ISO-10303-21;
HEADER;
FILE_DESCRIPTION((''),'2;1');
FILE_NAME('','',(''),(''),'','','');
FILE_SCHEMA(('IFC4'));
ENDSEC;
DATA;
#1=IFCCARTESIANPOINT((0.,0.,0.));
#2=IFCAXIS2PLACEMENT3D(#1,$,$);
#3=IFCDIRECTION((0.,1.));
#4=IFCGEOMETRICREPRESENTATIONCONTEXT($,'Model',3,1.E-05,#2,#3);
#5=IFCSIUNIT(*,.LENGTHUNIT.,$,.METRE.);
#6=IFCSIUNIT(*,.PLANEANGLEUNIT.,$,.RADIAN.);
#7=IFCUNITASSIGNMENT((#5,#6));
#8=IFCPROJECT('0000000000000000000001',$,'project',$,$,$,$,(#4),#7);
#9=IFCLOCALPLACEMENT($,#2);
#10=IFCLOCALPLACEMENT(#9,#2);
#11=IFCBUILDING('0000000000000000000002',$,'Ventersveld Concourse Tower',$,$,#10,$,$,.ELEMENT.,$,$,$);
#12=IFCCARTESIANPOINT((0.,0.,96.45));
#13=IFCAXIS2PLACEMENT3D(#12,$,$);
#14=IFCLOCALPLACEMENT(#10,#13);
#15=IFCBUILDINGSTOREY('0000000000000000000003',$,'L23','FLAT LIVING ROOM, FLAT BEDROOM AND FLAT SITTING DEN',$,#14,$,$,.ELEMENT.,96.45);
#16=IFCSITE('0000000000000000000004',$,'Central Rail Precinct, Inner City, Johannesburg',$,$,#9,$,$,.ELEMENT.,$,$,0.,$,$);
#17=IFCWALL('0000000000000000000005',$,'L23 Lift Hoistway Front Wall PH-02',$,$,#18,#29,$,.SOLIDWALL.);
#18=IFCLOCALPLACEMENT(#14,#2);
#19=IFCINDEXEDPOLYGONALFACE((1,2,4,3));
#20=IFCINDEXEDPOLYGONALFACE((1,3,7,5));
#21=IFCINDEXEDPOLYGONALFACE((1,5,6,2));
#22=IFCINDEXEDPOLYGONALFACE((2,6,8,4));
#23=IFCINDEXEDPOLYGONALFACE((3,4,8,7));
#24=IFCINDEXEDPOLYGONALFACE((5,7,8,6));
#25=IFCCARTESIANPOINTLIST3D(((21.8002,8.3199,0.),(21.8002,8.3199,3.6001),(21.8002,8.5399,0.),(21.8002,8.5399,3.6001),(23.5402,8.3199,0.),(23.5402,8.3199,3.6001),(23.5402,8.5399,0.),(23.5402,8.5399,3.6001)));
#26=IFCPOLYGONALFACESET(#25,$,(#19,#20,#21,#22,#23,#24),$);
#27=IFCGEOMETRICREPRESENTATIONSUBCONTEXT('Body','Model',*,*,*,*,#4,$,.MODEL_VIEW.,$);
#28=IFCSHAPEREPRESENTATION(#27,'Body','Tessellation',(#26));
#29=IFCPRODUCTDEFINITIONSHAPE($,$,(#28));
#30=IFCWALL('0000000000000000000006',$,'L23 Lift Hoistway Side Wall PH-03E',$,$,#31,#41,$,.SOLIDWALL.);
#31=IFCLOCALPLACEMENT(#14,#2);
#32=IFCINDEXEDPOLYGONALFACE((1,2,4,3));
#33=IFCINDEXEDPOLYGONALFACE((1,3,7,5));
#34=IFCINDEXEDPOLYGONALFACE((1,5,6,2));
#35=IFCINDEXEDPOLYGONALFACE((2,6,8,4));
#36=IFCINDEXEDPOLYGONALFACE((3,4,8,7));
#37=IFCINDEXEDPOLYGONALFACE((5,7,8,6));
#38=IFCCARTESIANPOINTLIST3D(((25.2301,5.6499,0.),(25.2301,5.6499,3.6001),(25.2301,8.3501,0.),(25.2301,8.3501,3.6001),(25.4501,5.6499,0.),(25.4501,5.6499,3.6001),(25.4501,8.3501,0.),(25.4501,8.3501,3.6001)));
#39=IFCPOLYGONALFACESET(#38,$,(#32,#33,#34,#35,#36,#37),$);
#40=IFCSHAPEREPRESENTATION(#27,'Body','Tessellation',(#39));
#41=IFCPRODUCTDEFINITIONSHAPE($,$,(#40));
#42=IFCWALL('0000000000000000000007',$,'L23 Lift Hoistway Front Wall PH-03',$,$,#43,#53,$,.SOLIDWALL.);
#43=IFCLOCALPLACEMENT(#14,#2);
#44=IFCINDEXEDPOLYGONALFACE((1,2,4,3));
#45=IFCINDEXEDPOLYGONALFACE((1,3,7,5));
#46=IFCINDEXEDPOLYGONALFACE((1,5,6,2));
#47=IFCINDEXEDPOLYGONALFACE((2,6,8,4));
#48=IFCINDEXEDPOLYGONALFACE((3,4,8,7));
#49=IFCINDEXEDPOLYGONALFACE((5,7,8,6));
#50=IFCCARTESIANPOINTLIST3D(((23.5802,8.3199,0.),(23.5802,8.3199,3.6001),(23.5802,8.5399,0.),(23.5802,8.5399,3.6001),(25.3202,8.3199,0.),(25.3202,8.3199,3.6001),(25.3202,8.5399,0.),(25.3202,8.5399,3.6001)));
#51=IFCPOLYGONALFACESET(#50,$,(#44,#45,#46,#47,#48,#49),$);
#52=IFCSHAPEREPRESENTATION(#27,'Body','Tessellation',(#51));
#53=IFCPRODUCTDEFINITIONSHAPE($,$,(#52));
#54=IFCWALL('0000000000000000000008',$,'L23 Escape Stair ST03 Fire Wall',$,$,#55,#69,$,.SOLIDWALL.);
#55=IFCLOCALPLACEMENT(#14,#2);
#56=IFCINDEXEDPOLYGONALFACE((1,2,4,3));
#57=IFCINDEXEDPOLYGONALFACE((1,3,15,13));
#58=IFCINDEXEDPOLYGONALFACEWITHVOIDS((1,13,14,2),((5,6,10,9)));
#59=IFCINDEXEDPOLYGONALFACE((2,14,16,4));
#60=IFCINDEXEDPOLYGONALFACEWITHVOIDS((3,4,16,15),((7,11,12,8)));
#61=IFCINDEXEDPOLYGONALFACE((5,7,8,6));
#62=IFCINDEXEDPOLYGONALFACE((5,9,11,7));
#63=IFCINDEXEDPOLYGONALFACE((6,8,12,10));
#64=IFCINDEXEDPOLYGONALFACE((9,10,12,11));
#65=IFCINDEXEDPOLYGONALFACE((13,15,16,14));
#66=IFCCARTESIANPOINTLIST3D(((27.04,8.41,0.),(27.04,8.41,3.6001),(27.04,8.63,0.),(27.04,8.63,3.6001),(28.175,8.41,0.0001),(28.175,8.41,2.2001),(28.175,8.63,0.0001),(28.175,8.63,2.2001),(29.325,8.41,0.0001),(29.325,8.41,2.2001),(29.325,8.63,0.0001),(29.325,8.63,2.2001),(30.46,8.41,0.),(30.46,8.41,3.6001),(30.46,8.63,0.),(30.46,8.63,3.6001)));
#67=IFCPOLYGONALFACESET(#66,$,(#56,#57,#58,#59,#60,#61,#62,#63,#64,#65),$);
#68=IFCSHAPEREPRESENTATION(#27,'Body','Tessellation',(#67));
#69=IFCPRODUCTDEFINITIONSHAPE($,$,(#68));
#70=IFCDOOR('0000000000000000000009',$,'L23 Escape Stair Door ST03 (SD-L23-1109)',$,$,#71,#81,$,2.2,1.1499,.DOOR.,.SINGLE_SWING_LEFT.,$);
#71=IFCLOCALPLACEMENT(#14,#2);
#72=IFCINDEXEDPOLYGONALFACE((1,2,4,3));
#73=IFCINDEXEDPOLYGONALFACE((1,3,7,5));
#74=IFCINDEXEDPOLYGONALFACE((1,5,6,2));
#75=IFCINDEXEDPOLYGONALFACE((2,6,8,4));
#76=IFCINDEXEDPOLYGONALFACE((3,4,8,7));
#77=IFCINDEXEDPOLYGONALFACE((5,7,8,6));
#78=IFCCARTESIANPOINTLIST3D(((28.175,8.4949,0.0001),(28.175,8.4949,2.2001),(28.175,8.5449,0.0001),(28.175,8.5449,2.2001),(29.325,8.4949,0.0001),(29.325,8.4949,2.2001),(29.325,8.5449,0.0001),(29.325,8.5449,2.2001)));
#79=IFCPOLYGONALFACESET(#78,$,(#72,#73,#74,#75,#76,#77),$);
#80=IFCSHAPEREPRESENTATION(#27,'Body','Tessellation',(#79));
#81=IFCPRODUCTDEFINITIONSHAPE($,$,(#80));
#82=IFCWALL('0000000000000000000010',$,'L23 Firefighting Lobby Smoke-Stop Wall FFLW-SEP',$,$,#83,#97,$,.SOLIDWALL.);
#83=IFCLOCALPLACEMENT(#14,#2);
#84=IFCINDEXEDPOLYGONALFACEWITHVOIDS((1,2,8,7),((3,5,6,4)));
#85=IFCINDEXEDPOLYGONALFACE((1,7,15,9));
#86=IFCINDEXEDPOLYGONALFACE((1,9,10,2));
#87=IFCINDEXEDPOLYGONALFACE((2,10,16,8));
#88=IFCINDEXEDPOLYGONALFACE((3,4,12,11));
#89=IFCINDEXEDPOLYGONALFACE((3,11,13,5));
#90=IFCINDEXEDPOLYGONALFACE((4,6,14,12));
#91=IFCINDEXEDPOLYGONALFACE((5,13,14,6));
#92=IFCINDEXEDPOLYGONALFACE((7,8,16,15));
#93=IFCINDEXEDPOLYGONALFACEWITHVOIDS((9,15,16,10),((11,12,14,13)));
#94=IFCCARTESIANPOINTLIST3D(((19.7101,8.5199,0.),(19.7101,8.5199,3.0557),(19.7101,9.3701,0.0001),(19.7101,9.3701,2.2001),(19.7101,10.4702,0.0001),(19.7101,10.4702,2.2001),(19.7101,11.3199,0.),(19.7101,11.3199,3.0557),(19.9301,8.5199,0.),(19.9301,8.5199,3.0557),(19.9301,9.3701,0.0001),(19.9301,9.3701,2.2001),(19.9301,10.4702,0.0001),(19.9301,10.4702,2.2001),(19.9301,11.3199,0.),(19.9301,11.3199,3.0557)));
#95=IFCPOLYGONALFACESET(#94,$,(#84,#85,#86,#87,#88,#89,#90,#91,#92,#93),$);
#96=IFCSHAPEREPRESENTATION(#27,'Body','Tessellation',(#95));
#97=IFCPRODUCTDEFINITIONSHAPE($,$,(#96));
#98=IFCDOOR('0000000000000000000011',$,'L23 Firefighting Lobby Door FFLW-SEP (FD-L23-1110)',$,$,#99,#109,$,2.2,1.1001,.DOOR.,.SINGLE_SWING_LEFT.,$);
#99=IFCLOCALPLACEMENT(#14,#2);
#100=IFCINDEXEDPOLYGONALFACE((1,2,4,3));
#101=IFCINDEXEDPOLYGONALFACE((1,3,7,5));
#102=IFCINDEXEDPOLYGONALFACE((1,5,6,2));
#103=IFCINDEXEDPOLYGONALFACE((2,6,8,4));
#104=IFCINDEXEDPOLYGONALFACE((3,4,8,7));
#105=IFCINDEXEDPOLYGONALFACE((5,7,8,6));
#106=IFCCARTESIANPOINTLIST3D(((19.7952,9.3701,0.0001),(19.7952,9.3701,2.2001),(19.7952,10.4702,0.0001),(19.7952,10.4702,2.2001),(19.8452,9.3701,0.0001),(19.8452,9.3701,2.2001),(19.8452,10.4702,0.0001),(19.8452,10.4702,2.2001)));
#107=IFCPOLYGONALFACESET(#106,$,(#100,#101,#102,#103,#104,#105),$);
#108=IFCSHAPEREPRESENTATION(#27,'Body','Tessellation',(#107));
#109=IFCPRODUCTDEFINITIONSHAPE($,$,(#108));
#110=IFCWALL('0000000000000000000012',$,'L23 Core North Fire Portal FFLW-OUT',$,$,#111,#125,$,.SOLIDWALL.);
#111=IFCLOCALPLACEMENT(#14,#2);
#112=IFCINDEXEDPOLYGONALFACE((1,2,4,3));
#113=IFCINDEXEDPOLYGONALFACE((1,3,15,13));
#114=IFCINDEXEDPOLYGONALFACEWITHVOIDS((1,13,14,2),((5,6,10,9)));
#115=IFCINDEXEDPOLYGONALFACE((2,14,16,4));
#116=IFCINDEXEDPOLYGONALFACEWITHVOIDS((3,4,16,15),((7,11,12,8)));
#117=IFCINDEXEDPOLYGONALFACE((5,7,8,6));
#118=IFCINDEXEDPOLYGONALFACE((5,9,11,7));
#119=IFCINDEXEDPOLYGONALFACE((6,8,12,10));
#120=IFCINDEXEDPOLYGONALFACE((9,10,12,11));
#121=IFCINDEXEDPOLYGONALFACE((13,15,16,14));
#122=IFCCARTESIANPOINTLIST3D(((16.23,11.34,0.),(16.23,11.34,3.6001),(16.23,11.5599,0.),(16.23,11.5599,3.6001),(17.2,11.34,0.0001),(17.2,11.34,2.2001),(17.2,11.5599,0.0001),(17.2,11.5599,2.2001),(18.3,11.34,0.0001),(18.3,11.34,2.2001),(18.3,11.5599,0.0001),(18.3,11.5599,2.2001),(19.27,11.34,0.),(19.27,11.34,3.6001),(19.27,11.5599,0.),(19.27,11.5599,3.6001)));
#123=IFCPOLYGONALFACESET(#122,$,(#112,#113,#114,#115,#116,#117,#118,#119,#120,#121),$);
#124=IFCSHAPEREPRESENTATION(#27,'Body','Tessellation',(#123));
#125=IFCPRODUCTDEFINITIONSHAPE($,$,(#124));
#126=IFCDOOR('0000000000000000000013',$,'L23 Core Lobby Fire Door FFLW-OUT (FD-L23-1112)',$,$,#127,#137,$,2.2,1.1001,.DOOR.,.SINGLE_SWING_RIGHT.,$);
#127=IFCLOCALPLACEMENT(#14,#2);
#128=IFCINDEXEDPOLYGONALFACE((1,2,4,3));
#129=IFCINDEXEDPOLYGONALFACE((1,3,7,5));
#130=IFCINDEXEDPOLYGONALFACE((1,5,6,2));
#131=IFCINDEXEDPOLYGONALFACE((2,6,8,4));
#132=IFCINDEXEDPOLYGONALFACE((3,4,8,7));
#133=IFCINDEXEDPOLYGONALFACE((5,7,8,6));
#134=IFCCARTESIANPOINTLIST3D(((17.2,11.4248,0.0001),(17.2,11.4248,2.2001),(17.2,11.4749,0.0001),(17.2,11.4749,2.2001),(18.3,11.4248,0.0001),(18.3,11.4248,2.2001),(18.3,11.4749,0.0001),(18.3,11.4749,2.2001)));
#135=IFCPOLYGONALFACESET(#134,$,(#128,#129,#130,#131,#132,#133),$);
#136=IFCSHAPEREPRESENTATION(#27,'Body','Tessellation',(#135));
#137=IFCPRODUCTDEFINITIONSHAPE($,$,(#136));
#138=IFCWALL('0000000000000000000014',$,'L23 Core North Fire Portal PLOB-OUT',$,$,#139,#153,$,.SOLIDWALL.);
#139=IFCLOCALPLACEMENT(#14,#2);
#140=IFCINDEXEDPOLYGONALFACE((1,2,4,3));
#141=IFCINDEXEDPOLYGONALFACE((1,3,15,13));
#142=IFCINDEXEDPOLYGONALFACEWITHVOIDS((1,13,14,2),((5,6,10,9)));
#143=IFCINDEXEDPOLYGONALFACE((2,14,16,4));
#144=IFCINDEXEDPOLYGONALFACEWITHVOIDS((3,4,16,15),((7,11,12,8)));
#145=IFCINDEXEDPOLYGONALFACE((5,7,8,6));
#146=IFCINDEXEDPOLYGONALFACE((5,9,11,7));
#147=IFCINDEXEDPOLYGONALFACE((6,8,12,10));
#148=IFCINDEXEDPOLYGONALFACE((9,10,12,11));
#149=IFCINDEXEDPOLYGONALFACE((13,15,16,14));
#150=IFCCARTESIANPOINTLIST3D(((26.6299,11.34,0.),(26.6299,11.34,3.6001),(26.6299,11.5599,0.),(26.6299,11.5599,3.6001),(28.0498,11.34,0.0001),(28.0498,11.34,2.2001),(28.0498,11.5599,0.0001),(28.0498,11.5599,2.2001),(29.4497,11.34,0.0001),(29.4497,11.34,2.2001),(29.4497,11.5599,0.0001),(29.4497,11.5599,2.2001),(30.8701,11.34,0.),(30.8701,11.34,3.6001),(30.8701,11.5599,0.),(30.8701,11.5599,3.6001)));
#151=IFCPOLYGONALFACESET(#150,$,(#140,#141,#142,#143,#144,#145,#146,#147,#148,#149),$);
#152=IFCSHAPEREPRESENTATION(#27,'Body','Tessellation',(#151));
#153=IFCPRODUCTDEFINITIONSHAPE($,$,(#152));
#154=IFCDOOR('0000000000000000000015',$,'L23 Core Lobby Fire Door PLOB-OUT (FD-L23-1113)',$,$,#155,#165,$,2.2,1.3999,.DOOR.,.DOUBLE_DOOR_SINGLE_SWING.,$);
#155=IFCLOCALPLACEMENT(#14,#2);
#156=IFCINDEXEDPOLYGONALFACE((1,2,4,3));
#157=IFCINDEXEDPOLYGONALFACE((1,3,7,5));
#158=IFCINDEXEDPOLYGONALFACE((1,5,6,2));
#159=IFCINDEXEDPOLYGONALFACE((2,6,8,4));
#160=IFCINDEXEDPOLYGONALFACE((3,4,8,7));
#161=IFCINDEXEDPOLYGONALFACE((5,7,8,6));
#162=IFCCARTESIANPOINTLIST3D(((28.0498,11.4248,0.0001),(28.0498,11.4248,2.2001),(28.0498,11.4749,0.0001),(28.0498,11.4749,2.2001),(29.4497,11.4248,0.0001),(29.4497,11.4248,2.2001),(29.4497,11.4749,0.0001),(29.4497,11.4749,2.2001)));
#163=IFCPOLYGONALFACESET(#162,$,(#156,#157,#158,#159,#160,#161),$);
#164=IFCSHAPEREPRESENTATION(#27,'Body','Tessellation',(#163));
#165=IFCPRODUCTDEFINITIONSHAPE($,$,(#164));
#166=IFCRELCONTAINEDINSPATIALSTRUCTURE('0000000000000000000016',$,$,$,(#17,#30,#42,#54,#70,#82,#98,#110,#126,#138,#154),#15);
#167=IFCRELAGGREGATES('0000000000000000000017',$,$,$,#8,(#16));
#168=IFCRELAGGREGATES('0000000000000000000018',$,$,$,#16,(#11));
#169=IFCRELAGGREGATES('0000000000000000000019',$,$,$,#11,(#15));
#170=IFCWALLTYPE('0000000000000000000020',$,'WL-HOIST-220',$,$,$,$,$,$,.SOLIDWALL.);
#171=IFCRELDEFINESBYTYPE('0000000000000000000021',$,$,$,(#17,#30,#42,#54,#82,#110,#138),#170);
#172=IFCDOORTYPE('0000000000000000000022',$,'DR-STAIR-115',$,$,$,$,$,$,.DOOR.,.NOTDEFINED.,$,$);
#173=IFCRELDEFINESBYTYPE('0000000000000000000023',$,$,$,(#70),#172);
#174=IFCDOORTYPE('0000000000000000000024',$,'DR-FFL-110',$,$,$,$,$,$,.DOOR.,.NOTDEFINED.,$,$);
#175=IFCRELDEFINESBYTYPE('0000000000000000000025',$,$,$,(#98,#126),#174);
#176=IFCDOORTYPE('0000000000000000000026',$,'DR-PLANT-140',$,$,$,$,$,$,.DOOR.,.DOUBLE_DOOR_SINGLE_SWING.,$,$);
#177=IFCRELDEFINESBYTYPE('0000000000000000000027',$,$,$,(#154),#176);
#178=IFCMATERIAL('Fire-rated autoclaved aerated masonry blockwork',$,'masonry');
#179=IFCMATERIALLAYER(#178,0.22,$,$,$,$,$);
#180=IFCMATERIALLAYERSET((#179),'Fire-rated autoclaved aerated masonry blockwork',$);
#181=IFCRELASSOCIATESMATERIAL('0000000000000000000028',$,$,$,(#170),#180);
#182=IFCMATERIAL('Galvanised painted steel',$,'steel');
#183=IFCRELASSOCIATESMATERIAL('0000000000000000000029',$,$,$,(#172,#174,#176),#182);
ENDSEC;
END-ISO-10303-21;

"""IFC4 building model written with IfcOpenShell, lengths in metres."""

from ifc_helpers import new_model, si_unit, direction, frame, frame_2d, origin, place, context, subcontext, project, spatial, rectangle, extrude, material, layer, layer_set, type_object, element, fill, save


model = new_model("IFC4")

# Units and contexts
model_context = context("Model", 3, precision=1e-05, world=origin(), true_north=direction((0.0, 1.0)))
body_context = subcontext(model_context, "Body", "Model", "MODEL_VIEW")
ifc_project = project(units=[si_unit("LENGTHUNIT", "METRE"), si_unit("PLANEANGLEUNIT", "RADIAN")], contexts=[model_context])

# Site, building, storey
site_placement = place(None, origin())
site = spatial("IfcSite", under=ifc_project, at=site_placement, Name="Central Rail Precinct, Inner City, Johannesburg", CompositionType="ELEMENT", RefElevation=0.0)
building_placement = place(site_placement, origin())
building = spatial("IfcBuilding", under=site, at=building_placement, Name="Ventersveld Concourse Tower", CompositionType="ELEMENT")
storey_placement = place(building_placement, frame((0.0, 0.0, 96.45)))
storey = spatial("IfcBuildingStorey", under=building, at=storey_placement, Name="L23", Description="FLAT LIVING ROOM, FLAT BEDROOM AND FLAT SITTING DEN", CompositionType="ELEMENT", Elevation=96.45)

# Shared definitions
ifc_material_1 = material(Name="Fire-rated autoclaved aerated masonry blockwork", Category="masonry")
ifc_layer_1 = layer(ifc_material_1, 0.22)
ifc_layer_set_1 = layer_set([ifc_layer_1], Name="Fire-rated autoclaved aerated masonry blockwork")
wall_type_1 = type_object("IfcWallType", Name="WL-HOIST-220", PredefinedType="SOLIDWALL", material=ifc_layer_set_1)

# Walls
wall_1_placement = place(storey_placement, frame((21.8, 8.4299, 0.0), z_axis=(0.0, 0.0, 1.0), x_axis=(1.0, 0.0, 0.0)))
element("IfcWall", 1, at=wall_1_placement, inside=storey, type_object=wall_type_1, Name="L23 Lift Hoistway Front Wall PH-02", PredefinedType="SOLIDWALL", context=body_context, shape_type="SweptSolid", body=[
    extrude(rectangle(XDim=1.74, YDim=0.22, at=frame_2d((0.8701, 0.0))), origin(), (0.0, 0.0, 1.0), 3.6001),
])
wall_2_placement = place(storey_placement, frame((25.3401, 5.6499, 0.0), z_axis=(0.0, 0.0, 1.0), x_axis=(0.0, 1.0, 0.0)))
element("IfcWall", 2, at=wall_2_placement, inside=storey, type_object=wall_type_1, Name="L23 Lift Hoistway Side Wall PH-03E", PredefinedType="SOLIDWALL", context=body_context, shape_type="SweptSolid", body=[
    extrude(rectangle(XDim=2.7002, YDim=0.22, at=frame_2d((1.3501, 0.0))), origin(), (0.0, 0.0, 1.0), 3.6001),
])
wall_3_placement = place(storey_placement, frame((23.5801, 8.4299, 0.0), z_axis=(0.0, 0.0, 1.0), x_axis=(1.0, 0.0, 0.0)))
element("IfcWall", 3, at=wall_3_placement, inside=storey, type_object=wall_type_1, Name="L23 Lift Hoistway Front Wall PH-03", PredefinedType="SOLIDWALL", context=body_context, shape_type="SweptSolid", body=[
    extrude(rectangle(XDim=1.74, YDim=0.22, at=frame_2d((0.8701, 0.0))), origin(), (0.0, 0.0, 1.0), 3.6001),
])

# Walls, openings, doors
wall_4_placement = place(storey_placement, frame((27.04, 8.52, 0.0), z_axis=(0.0, 0.0, 1.0), x_axis=(1.0, 0.0, 0.0)))
wall_4 = element("IfcWall", 4, at=wall_4_placement, inside=storey, type_object=wall_type_1, Name="L23 Escape Stair ST03 Fire Wall", PredefinedType="SOLIDWALL", context=body_context, shape_type="SweptSolid", body=[
    extrude(rectangle(XDim=3.4199, YDim=0.22, at=frame_2d((1.71, 0.0))), origin(), (0.0, 0.0, 1.0), 3.6001),
])
opening_1_placement = place(wall_4_placement, frame((1.135, 0.0, 0.0)))
opening_1 = element("IfcOpeningElement", 5, at=opening_1_placement, cuts=wall_4, PredefinedType="OPENING", context=body_context, shape_type="SweptSolid", body=[
    extrude(rectangle(XDim=1.1499, YDim=2.2, at=frame_2d((0.575, 1.1001))), frame((0.0, 0.1201, 0.0), z_axis=(0.0, -1.0, 0.0), x_axis=(1.0, 0.0, 0.0)), (0.0, 0.0, 1.0), 0.24),
])
ifc_material_2 = material(Name="Galvanised painted steel", Category="steel")
door_type_1 = type_object("IfcDoorType", Name="DR-STAIR-115", OperationType="NOTDEFINED", PredefinedType="DOOR", material=ifc_material_2)
door_1_placement = place(opening_1_placement, origin())
door_1 = element("IfcDoor", 6, at=door_1_placement, inside=storey, type_object=door_type_1, Name="L23 Escape Stair Door ST03 (SD-L23-1109)", OperationType="SINGLE_SWING_LEFT", OverallHeight=2.2, OverallWidth=1.1499, PredefinedType="DOOR", context=body_context, shape_type="SweptSolid", body=[
    extrude(rectangle(XDim=1.1499, YDim=2.2, at=frame_2d((0.575, 1.1001))), frame((0.0, 0.0249, 0.0), z_axis=(0.0, -1.0, 0.0), x_axis=(1.0, 0.0, 0.0)), (0.0, 0.0, 1.0), 0.05),
])
fill(opening_1, door_1)
wall_5_placement = place(storey_placement, frame((19.8201, 8.52, 0.0), z_axis=(0.0, 0.0, 1.0), x_axis=(0.0, 1.0, 0.0)))
wall_5 = element("IfcWall", 7, at=wall_5_placement, inside=storey, type_object=wall_type_1, Name="L23 Firefighting Lobby Smoke-Stop Wall FFLW-SEP", PredefinedType="SOLIDWALL", context=body_context, shape_type="SweptSolid", body=[
    extrude(rectangle(XDim=2.8, YDim=0.22, at=frame_2d((1.3999, 0.0))), origin(), (0.0, 0.0, 1.0), 3.0557),
])
opening_2_placement = place(wall_5_placement, frame((0.8501, 0.0, 0.0)))
opening_2 = element("IfcOpeningElement", 8, at=opening_2_placement, cuts=wall_5, PredefinedType="OPENING", context=body_context, shape_type="SweptSolid", body=[
    extrude(rectangle(XDim=1.1001, YDim=2.2, at=frame_2d((0.55, 1.1001))), frame((0.0, 0.1201, 0.0), z_axis=(0.0, -1.0, 0.0), x_axis=(1.0, 0.0, 0.0)), (0.0, 0.0, 1.0), 0.24),
])
door_type_2 = type_object("IfcDoorType", Name="DR-FFL-110", OperationType="NOTDEFINED", PredefinedType="DOOR", material=ifc_material_2)
door_2_placement = place(opening_2_placement, origin())
door_2 = element("IfcDoor", 9, at=door_2_placement, inside=storey, type_object=door_type_2, Name="L23 Firefighting Lobby Door FFLW-SEP (FD-L23-1110)", OperationType="SINGLE_SWING_LEFT", OverallHeight=2.2, OverallWidth=1.1001, PredefinedType="DOOR", context=body_context, shape_type="SweptSolid", body=[
    extrude(rectangle(XDim=1.1001, YDim=2.2, at=frame_2d((0.55, 1.1001))), frame((0.0, 0.0249, 0.0), z_axis=(0.0, -1.0, 0.0), x_axis=(1.0, 0.0, 0.0)), (0.0, 0.0, 1.0), 0.05),
])
fill(opening_2, door_2)
wall_6_placement = place(storey_placement, frame((16.23, 11.45, 0.0), z_axis=(0.0, 0.0, 1.0), x_axis=(1.0, 0.0, 0.0)))
wall_6 = element("IfcWall", 10, at=wall_6_placement, inside=storey, type_object=wall_type_1, Name="L23 Core North Fire Portal FFLW-OUT", PredefinedType="SOLIDWALL", context=body_context, shape_type="SweptSolid", body=[
    extrude(rectangle(XDim=3.04, YDim=0.22, at=frame_2d((1.52, 0.0))), origin(), (0.0, 0.0, 1.0), 3.6001),
])
opening_3_placement = place(wall_6_placement, frame((0.97, 0.0, 0.0)))
opening_3 = element("IfcOpeningElement", 11, at=opening_3_placement, cuts=wall_6, PredefinedType="OPENING", context=body_context, shape_type="SweptSolid", body=[
    extrude(rectangle(XDim=1.1001, YDim=2.2, at=frame_2d((0.55, 1.1001))), frame((0.0, 0.1201, 0.0), z_axis=(0.0, -1.0, 0.0), x_axis=(1.0, 0.0, 0.0)), (0.0, 0.0, 1.0), 0.24),
])
door_3_placement = place(opening_3_placement, origin())
door_3 = element("IfcDoor", 12, at=door_3_placement, inside=storey, type_object=door_type_2, Name="L23 Core Lobby Fire Door FFLW-OUT (FD-L23-1112)", OperationType="SINGLE_SWING_RIGHT", OverallHeight=2.2, OverallWidth=1.1001, PredefinedType="DOOR", context=body_context, shape_type="SweptSolid", body=[
    extrude(rectangle(XDim=1.1001, YDim=2.2, at=frame_2d((0.55, 1.1001))), frame((0.0, 0.0249, 0.0), z_axis=(0.0, -1.0, 0.0), x_axis=(1.0, 0.0, 0.0)), (0.0, 0.0, 1.0), 0.05),
])
fill(opening_3, door_3)
wall_7_placement = place(storey_placement, frame((26.6299, 11.45, 0.0), z_axis=(0.0, 0.0, 1.0), x_axis=(1.0, 0.0, 0.0)))
wall_7 = element("IfcWall", 13, at=wall_7_placement, inside=storey, type_object=wall_type_1, Name="L23 Core North Fire Portal PLOB-OUT", PredefinedType="SOLIDWALL", context=body_context, shape_type="SweptSolid", body=[
    extrude(rectangle(XDim=4.2402, YDim=0.22, at=frame_2d((2.1201, 0.0))), origin(), (0.0, 0.0, 1.0), 3.6001),
])
opening_4_placement = place(wall_7_placement, frame((1.4199, 0.0, 0.0)))
opening_4 = element("IfcOpeningElement", 14, at=opening_4_placement, cuts=wall_7, PredefinedType="OPENING", context=body_context, shape_type="SweptSolid", body=[
    extrude(rectangle(XDim=1.3999, YDim=2.2, at=frame_2d((0.7, 1.1001))), frame((0.0, 0.1201, 0.0), z_axis=(0.0, -1.0, 0.0), x_axis=(1.0, 0.0, 0.0)), (0.0, 0.0, 1.0), 0.24),
])
door_type_3 = type_object("IfcDoorType", Name="DR-PLANT-140", OperationType="DOUBLE_DOOR_SINGLE_SWING", PredefinedType="DOOR", material=ifc_material_2)
door_4_placement = place(opening_4_placement, origin())
door_4 = element("IfcDoor", 15, at=door_4_placement, inside=storey, type_object=door_type_3, Name="L23 Core Lobby Fire Door PLOB-OUT (FD-L23-1113)", OperationType="DOUBLE_DOOR_SINGLE_SWING", OverallHeight=2.2, OverallWidth=1.3999, PredefinedType="DOOR", context=body_context, shape_type="SweptSolid", body=[
    extrude(rectangle(XDim=1.3999, YDim=2.2, at=frame_2d((0.7, 1.1001))), frame((0.0, 0.0249, 0.0), z_axis=(0.0, -1.0, 0.0), x_axis=(1.0, 0.0, 0.0)), (0.0, 0.0, 1.0), 0.05),
])
fill(opening_4, door_4)

save(model, "model.ifc")
